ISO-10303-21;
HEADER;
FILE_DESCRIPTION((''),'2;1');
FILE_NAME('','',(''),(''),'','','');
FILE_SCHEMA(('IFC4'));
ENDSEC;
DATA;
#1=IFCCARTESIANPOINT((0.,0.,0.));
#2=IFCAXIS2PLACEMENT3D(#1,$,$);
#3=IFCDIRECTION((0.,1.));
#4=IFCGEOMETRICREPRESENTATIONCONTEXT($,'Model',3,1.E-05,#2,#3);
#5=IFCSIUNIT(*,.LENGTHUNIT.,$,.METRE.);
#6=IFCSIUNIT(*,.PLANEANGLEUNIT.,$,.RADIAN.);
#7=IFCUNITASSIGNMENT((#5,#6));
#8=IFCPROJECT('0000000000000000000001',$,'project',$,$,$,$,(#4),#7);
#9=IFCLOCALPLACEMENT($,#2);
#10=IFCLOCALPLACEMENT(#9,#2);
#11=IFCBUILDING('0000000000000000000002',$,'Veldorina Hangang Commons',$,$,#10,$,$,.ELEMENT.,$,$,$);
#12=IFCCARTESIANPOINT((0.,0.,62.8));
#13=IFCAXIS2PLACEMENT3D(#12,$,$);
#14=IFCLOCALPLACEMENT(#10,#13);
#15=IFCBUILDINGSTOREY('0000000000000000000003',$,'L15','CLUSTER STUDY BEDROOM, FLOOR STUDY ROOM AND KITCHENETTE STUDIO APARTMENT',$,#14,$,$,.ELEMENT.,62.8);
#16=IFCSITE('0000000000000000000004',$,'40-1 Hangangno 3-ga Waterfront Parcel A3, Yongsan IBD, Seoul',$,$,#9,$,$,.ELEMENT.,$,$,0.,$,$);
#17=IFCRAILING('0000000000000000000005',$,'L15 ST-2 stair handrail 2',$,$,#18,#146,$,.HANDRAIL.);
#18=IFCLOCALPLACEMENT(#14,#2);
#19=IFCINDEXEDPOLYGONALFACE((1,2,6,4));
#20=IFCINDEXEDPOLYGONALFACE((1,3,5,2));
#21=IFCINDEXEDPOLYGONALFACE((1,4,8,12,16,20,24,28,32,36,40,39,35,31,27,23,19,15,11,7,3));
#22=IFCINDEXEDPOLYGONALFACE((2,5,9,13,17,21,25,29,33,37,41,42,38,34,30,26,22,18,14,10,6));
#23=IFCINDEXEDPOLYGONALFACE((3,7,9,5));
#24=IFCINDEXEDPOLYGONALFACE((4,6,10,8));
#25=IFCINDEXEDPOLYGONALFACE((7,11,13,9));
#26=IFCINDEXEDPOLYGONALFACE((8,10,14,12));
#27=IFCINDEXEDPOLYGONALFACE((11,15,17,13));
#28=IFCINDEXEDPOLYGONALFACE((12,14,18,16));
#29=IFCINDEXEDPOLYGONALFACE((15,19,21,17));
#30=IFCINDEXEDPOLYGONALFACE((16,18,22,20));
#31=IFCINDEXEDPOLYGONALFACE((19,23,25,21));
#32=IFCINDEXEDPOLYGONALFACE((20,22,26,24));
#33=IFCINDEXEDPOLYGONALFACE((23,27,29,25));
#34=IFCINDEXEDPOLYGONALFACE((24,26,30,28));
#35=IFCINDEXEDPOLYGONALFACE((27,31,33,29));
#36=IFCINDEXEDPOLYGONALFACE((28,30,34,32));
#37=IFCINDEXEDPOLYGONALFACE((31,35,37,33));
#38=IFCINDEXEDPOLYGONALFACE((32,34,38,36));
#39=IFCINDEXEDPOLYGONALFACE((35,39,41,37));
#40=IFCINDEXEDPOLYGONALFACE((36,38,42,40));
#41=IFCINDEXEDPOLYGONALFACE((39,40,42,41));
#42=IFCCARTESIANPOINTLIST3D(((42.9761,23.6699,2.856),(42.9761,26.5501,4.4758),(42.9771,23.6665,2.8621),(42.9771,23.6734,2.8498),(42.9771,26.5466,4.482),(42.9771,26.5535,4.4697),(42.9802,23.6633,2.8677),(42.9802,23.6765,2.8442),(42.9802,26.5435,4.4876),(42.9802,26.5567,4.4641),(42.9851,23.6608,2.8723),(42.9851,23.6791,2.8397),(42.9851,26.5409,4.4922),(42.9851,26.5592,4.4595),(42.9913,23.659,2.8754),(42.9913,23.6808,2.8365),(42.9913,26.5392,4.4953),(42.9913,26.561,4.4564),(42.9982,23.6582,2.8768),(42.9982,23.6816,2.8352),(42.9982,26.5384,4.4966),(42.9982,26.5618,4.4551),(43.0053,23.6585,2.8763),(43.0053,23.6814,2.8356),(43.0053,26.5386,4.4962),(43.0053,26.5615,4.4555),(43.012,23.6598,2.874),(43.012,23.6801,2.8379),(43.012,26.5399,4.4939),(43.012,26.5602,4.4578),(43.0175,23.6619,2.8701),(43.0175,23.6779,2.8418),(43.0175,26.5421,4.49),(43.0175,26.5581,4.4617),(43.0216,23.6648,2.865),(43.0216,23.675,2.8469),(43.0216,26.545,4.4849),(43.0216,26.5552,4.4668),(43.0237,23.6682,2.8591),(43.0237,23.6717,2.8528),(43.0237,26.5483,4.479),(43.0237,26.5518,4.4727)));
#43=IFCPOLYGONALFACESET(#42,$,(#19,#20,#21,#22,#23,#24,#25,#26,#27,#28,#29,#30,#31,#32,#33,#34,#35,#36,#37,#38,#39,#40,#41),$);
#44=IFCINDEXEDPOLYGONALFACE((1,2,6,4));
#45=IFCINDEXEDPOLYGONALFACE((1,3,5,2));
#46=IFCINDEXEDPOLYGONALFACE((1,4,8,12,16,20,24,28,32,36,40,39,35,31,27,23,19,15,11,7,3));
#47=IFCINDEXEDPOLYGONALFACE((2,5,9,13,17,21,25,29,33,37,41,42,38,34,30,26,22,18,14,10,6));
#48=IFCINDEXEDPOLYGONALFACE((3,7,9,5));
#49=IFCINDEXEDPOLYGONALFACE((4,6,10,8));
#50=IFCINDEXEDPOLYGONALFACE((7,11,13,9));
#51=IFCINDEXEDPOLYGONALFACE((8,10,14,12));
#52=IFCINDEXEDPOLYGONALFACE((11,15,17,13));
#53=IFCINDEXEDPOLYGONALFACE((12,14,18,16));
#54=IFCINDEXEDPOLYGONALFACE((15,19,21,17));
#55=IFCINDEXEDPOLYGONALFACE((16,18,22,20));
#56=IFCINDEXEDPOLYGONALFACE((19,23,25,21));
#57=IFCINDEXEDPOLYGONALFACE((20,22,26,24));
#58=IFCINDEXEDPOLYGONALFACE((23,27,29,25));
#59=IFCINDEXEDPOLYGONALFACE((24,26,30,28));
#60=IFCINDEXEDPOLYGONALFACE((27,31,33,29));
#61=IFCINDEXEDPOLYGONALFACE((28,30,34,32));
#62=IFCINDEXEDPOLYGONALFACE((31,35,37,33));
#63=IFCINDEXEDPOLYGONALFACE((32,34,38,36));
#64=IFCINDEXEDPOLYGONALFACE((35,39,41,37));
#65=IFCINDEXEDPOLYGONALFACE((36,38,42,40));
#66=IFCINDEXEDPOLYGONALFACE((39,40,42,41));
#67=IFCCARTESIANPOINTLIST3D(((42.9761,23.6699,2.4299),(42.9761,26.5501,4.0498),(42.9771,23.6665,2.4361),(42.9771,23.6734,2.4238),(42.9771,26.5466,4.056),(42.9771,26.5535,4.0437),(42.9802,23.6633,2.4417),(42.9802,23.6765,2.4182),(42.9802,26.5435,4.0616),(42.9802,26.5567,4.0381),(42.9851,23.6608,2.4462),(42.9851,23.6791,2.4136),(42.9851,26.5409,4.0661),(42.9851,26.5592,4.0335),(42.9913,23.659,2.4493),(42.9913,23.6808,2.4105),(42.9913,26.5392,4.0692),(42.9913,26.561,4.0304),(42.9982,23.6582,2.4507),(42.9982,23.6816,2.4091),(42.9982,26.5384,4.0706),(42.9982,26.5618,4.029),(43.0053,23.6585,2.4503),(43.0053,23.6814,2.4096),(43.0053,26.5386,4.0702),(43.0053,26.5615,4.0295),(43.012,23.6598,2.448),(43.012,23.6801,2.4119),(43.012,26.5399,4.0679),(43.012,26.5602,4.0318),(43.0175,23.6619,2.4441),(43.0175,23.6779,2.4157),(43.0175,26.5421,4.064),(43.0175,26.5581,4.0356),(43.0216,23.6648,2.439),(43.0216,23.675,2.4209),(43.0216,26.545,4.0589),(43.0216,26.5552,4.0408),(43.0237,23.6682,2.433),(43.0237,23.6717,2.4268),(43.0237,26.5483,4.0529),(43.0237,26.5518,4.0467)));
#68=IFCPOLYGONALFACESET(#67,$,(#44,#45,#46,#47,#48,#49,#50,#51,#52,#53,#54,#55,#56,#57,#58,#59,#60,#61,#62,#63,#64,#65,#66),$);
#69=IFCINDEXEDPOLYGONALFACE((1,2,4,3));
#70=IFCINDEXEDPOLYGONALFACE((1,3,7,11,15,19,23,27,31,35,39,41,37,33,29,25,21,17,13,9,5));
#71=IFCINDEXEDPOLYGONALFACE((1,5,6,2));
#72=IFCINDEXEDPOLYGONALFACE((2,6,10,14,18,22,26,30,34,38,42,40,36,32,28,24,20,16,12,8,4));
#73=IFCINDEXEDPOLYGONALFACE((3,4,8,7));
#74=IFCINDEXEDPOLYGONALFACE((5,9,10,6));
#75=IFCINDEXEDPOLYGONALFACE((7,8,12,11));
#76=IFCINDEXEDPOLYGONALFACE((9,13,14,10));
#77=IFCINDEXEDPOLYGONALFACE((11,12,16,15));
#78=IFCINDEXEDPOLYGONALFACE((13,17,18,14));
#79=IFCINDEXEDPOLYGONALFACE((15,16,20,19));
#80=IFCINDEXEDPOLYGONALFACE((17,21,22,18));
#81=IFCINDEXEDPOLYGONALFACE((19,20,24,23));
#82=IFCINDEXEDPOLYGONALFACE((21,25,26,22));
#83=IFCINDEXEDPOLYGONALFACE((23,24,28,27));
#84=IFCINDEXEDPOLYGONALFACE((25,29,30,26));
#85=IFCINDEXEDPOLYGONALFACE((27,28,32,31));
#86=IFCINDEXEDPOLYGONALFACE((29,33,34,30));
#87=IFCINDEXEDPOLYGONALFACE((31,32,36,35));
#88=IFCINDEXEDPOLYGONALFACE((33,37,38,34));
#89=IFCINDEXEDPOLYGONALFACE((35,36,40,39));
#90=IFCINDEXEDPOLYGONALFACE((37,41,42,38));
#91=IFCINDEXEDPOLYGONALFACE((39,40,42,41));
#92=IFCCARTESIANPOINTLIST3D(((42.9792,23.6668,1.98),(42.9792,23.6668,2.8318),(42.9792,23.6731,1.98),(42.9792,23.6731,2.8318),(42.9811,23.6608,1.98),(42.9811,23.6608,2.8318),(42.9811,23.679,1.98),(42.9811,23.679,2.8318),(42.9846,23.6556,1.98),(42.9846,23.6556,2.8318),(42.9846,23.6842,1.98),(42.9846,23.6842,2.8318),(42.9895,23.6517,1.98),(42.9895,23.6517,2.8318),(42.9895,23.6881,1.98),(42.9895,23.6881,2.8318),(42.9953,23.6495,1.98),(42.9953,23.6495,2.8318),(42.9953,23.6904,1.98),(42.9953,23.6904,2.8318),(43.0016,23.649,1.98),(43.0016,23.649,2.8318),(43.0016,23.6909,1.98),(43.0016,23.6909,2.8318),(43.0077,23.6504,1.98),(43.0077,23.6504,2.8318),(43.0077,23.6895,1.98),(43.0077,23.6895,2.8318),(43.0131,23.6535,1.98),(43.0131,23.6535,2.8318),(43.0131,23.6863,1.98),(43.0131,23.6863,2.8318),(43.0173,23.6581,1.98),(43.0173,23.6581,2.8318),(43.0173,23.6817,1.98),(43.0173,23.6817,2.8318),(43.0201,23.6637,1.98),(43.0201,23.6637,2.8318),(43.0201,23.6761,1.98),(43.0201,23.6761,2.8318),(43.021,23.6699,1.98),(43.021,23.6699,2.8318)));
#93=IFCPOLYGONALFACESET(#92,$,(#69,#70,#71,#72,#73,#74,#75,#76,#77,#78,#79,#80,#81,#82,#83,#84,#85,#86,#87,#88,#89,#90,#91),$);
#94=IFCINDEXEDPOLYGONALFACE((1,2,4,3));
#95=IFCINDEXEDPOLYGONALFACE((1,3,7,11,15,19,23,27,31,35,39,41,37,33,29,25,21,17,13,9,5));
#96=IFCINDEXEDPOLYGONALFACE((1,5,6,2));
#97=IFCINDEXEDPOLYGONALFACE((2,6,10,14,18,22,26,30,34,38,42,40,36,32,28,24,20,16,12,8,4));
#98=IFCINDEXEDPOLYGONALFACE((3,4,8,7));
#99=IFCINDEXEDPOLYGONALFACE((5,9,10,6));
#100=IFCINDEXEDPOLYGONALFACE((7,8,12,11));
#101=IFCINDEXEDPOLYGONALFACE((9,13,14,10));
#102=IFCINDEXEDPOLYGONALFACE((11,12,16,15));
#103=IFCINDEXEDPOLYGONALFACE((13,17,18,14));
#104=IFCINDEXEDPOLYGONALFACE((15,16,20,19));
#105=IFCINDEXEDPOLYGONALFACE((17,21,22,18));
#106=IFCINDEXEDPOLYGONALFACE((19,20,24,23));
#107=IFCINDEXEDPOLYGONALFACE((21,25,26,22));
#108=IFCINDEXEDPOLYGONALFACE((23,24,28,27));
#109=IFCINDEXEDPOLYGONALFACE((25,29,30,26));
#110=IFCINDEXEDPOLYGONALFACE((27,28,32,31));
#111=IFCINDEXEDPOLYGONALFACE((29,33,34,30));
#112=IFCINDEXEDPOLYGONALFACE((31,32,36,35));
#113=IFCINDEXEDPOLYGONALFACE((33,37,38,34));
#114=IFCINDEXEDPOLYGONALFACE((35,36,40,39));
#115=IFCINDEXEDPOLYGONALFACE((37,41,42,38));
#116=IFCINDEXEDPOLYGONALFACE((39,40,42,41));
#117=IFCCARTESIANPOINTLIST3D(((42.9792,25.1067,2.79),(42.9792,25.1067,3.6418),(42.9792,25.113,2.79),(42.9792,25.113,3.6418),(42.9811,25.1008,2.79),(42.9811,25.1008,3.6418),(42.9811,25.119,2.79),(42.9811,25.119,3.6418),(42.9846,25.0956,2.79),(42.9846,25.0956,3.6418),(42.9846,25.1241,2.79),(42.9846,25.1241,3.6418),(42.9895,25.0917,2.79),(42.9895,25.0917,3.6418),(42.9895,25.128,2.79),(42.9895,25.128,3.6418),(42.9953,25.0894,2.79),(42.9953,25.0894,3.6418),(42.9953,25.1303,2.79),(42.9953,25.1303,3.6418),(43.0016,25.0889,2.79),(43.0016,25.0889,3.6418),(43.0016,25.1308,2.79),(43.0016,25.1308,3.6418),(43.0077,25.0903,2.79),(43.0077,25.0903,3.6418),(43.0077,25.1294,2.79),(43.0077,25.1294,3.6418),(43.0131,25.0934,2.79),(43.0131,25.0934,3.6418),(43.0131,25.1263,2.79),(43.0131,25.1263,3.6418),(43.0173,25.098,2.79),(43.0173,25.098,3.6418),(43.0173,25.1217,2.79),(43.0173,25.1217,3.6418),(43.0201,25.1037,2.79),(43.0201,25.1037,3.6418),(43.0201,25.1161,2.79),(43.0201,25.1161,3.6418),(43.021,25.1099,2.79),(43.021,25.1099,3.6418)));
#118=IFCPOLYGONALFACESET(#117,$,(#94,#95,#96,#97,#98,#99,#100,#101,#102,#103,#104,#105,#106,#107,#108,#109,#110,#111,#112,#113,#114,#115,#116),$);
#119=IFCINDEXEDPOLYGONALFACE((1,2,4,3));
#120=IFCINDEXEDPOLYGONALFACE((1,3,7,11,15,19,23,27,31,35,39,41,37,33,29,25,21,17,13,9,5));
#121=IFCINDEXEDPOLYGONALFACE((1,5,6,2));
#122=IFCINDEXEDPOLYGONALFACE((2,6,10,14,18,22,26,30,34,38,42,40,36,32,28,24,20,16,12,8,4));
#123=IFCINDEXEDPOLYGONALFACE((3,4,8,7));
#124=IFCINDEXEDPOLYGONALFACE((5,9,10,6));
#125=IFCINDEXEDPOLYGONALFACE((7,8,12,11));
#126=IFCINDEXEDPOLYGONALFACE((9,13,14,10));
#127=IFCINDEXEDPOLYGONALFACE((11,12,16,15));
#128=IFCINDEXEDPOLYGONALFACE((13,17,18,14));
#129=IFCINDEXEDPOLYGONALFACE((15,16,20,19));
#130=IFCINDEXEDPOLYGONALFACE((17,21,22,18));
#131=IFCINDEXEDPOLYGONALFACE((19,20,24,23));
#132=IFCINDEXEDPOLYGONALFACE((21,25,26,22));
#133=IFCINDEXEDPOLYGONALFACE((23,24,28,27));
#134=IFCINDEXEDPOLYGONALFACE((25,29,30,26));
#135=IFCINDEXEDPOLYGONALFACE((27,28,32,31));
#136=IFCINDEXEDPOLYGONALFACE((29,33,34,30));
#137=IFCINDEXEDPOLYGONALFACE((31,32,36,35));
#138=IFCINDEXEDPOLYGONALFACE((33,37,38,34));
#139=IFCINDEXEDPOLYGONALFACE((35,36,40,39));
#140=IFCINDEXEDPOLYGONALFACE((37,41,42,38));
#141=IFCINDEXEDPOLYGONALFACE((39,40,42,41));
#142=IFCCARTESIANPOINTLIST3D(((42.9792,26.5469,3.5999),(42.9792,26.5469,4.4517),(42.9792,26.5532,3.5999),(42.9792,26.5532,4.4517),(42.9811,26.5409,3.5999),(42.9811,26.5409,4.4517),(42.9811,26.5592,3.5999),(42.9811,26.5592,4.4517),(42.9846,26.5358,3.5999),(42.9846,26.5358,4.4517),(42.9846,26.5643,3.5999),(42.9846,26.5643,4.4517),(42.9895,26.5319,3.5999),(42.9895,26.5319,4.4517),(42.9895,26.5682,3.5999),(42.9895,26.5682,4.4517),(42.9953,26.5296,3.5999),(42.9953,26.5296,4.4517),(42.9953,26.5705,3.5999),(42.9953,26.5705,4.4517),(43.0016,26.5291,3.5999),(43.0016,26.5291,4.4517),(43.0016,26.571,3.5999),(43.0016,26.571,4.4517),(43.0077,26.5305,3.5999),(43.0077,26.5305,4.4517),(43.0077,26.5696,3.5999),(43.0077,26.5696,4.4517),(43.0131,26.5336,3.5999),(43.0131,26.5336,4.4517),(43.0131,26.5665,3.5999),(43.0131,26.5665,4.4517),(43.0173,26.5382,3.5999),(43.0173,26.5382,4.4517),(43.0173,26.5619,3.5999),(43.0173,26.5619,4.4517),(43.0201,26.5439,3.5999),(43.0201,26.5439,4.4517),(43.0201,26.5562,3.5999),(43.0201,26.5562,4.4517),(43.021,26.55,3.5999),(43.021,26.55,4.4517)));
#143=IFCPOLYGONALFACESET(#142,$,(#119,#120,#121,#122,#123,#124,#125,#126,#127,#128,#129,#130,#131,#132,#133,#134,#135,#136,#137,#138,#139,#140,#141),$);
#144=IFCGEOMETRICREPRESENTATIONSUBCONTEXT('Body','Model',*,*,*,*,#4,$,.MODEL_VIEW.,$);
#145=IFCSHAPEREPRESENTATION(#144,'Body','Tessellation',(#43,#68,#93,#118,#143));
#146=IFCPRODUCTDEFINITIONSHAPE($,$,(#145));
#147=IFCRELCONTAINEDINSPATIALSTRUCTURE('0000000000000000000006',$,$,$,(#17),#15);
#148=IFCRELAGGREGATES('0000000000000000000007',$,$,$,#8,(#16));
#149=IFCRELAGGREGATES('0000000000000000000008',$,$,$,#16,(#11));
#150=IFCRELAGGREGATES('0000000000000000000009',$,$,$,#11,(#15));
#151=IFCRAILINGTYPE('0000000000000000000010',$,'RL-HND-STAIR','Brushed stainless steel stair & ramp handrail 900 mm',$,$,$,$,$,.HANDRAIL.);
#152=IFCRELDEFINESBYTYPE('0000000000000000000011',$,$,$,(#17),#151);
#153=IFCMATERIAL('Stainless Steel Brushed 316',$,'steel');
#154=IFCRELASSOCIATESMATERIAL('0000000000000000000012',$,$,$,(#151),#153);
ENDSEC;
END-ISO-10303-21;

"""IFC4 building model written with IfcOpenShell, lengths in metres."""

from ifc_helpers import new_model, si_unit, direction, frame, origin, origin_2d, place, context, subcontext, project, spatial, circle, extrude, material, type_object, element, save


model = new_model("IFC4")

# Units and contexts
model_context = context("Model", 3, precision=1e-05, world=origin(), true_north=direction((0.0, 1.0)))
body_context = subcontext(model_context, "Body", "Model", "MODEL_VIEW")
ifc_project = project(units=[si_unit("LENGTHUNIT", "METRE"), si_unit("PLANEANGLEUNIT", "RADIAN")], contexts=[model_context])

# Site, building, storey
site_placement = place(None, origin())
site = spatial("IfcSite", under=ifc_project, at=site_placement, Name="40-1 Hangangno 3-ga Waterfront Parcel A3, Yongsan IBD, Seoul", CompositionType="ELEMENT", RefElevation=0.0)
building_placement = place(site_placement, origin())
building = spatial("IfcBuilding", under=site, at=building_placement, Name="Veldorina Hangang Commons", CompositionType="ELEMENT")
storey_placement = place(building_placement, frame((0.0, 0.0, 62.8)))
storey = spatial("IfcBuildingStorey", under=building, at=storey_placement, Name="L15", Description="CLUSTER STUDY BEDROOM, FLOOR STUDY ROOM AND KITCHENETTE STUDIO APARTMENT", CompositionType="ELEMENT", Elevation=62.8)

# Railing
ifc_material_1 = material(Name="Stainless Steel Brushed 316", Category="steel")
railing_type_1 = type_object("IfcRailingType", Name="RL-HND-STAIR", Description="Brushed stainless steel stair & ramp handrail 900 mm", PredefinedType="HANDRAIL", material=ifc_material_1)
railing_1_placement = place(storey_placement, frame((43.0, 23.6699, 1.98)))
element("IfcRailing", 1, at=railing_1_placement, inside=storey, type_object=railing_type_1, Name="L15 ST-2 stair handrail 2", PredefinedType="HANDRAIL", context=body_context, shape_type="SweptSolid", body=[
    extrude(circle(Radius=0.0239, at=origin_2d()), frame((0.0, 0.0, 0.876), z_axis=(0.0, 0.871601, 0.490216), x_axis=(-1.0, 0.0, 0.0)), (0.0, 0.0, 1.0), 3.3044),
    extrude(circle(Radius=0.0239, at=origin_2d()), frame((0.0, 0.0, 0.45), z_axis=(0.0, 0.871601, 0.490216), x_axis=(-1.0, 0.0, 0.0)), (0.0, 0.0, 1.0), 3.3044),
    extrude(circle(Radius=0.021, at=origin_2d()), origin(), (0.0, 0.0, 1.0), 0.8518),
    extrude(circle(Radius=0.021, at=origin_2d()), frame((0.0, 1.4399, 0.8101)), (0.0, 0.0, 1.0), 0.8518),
    extrude(circle(Radius=0.021, at=origin_2d()), frame((0.0, 2.8801, 1.6199)), (0.0, 0.0, 1.0), 0.8518),
])

save(model, "model.ifc")
